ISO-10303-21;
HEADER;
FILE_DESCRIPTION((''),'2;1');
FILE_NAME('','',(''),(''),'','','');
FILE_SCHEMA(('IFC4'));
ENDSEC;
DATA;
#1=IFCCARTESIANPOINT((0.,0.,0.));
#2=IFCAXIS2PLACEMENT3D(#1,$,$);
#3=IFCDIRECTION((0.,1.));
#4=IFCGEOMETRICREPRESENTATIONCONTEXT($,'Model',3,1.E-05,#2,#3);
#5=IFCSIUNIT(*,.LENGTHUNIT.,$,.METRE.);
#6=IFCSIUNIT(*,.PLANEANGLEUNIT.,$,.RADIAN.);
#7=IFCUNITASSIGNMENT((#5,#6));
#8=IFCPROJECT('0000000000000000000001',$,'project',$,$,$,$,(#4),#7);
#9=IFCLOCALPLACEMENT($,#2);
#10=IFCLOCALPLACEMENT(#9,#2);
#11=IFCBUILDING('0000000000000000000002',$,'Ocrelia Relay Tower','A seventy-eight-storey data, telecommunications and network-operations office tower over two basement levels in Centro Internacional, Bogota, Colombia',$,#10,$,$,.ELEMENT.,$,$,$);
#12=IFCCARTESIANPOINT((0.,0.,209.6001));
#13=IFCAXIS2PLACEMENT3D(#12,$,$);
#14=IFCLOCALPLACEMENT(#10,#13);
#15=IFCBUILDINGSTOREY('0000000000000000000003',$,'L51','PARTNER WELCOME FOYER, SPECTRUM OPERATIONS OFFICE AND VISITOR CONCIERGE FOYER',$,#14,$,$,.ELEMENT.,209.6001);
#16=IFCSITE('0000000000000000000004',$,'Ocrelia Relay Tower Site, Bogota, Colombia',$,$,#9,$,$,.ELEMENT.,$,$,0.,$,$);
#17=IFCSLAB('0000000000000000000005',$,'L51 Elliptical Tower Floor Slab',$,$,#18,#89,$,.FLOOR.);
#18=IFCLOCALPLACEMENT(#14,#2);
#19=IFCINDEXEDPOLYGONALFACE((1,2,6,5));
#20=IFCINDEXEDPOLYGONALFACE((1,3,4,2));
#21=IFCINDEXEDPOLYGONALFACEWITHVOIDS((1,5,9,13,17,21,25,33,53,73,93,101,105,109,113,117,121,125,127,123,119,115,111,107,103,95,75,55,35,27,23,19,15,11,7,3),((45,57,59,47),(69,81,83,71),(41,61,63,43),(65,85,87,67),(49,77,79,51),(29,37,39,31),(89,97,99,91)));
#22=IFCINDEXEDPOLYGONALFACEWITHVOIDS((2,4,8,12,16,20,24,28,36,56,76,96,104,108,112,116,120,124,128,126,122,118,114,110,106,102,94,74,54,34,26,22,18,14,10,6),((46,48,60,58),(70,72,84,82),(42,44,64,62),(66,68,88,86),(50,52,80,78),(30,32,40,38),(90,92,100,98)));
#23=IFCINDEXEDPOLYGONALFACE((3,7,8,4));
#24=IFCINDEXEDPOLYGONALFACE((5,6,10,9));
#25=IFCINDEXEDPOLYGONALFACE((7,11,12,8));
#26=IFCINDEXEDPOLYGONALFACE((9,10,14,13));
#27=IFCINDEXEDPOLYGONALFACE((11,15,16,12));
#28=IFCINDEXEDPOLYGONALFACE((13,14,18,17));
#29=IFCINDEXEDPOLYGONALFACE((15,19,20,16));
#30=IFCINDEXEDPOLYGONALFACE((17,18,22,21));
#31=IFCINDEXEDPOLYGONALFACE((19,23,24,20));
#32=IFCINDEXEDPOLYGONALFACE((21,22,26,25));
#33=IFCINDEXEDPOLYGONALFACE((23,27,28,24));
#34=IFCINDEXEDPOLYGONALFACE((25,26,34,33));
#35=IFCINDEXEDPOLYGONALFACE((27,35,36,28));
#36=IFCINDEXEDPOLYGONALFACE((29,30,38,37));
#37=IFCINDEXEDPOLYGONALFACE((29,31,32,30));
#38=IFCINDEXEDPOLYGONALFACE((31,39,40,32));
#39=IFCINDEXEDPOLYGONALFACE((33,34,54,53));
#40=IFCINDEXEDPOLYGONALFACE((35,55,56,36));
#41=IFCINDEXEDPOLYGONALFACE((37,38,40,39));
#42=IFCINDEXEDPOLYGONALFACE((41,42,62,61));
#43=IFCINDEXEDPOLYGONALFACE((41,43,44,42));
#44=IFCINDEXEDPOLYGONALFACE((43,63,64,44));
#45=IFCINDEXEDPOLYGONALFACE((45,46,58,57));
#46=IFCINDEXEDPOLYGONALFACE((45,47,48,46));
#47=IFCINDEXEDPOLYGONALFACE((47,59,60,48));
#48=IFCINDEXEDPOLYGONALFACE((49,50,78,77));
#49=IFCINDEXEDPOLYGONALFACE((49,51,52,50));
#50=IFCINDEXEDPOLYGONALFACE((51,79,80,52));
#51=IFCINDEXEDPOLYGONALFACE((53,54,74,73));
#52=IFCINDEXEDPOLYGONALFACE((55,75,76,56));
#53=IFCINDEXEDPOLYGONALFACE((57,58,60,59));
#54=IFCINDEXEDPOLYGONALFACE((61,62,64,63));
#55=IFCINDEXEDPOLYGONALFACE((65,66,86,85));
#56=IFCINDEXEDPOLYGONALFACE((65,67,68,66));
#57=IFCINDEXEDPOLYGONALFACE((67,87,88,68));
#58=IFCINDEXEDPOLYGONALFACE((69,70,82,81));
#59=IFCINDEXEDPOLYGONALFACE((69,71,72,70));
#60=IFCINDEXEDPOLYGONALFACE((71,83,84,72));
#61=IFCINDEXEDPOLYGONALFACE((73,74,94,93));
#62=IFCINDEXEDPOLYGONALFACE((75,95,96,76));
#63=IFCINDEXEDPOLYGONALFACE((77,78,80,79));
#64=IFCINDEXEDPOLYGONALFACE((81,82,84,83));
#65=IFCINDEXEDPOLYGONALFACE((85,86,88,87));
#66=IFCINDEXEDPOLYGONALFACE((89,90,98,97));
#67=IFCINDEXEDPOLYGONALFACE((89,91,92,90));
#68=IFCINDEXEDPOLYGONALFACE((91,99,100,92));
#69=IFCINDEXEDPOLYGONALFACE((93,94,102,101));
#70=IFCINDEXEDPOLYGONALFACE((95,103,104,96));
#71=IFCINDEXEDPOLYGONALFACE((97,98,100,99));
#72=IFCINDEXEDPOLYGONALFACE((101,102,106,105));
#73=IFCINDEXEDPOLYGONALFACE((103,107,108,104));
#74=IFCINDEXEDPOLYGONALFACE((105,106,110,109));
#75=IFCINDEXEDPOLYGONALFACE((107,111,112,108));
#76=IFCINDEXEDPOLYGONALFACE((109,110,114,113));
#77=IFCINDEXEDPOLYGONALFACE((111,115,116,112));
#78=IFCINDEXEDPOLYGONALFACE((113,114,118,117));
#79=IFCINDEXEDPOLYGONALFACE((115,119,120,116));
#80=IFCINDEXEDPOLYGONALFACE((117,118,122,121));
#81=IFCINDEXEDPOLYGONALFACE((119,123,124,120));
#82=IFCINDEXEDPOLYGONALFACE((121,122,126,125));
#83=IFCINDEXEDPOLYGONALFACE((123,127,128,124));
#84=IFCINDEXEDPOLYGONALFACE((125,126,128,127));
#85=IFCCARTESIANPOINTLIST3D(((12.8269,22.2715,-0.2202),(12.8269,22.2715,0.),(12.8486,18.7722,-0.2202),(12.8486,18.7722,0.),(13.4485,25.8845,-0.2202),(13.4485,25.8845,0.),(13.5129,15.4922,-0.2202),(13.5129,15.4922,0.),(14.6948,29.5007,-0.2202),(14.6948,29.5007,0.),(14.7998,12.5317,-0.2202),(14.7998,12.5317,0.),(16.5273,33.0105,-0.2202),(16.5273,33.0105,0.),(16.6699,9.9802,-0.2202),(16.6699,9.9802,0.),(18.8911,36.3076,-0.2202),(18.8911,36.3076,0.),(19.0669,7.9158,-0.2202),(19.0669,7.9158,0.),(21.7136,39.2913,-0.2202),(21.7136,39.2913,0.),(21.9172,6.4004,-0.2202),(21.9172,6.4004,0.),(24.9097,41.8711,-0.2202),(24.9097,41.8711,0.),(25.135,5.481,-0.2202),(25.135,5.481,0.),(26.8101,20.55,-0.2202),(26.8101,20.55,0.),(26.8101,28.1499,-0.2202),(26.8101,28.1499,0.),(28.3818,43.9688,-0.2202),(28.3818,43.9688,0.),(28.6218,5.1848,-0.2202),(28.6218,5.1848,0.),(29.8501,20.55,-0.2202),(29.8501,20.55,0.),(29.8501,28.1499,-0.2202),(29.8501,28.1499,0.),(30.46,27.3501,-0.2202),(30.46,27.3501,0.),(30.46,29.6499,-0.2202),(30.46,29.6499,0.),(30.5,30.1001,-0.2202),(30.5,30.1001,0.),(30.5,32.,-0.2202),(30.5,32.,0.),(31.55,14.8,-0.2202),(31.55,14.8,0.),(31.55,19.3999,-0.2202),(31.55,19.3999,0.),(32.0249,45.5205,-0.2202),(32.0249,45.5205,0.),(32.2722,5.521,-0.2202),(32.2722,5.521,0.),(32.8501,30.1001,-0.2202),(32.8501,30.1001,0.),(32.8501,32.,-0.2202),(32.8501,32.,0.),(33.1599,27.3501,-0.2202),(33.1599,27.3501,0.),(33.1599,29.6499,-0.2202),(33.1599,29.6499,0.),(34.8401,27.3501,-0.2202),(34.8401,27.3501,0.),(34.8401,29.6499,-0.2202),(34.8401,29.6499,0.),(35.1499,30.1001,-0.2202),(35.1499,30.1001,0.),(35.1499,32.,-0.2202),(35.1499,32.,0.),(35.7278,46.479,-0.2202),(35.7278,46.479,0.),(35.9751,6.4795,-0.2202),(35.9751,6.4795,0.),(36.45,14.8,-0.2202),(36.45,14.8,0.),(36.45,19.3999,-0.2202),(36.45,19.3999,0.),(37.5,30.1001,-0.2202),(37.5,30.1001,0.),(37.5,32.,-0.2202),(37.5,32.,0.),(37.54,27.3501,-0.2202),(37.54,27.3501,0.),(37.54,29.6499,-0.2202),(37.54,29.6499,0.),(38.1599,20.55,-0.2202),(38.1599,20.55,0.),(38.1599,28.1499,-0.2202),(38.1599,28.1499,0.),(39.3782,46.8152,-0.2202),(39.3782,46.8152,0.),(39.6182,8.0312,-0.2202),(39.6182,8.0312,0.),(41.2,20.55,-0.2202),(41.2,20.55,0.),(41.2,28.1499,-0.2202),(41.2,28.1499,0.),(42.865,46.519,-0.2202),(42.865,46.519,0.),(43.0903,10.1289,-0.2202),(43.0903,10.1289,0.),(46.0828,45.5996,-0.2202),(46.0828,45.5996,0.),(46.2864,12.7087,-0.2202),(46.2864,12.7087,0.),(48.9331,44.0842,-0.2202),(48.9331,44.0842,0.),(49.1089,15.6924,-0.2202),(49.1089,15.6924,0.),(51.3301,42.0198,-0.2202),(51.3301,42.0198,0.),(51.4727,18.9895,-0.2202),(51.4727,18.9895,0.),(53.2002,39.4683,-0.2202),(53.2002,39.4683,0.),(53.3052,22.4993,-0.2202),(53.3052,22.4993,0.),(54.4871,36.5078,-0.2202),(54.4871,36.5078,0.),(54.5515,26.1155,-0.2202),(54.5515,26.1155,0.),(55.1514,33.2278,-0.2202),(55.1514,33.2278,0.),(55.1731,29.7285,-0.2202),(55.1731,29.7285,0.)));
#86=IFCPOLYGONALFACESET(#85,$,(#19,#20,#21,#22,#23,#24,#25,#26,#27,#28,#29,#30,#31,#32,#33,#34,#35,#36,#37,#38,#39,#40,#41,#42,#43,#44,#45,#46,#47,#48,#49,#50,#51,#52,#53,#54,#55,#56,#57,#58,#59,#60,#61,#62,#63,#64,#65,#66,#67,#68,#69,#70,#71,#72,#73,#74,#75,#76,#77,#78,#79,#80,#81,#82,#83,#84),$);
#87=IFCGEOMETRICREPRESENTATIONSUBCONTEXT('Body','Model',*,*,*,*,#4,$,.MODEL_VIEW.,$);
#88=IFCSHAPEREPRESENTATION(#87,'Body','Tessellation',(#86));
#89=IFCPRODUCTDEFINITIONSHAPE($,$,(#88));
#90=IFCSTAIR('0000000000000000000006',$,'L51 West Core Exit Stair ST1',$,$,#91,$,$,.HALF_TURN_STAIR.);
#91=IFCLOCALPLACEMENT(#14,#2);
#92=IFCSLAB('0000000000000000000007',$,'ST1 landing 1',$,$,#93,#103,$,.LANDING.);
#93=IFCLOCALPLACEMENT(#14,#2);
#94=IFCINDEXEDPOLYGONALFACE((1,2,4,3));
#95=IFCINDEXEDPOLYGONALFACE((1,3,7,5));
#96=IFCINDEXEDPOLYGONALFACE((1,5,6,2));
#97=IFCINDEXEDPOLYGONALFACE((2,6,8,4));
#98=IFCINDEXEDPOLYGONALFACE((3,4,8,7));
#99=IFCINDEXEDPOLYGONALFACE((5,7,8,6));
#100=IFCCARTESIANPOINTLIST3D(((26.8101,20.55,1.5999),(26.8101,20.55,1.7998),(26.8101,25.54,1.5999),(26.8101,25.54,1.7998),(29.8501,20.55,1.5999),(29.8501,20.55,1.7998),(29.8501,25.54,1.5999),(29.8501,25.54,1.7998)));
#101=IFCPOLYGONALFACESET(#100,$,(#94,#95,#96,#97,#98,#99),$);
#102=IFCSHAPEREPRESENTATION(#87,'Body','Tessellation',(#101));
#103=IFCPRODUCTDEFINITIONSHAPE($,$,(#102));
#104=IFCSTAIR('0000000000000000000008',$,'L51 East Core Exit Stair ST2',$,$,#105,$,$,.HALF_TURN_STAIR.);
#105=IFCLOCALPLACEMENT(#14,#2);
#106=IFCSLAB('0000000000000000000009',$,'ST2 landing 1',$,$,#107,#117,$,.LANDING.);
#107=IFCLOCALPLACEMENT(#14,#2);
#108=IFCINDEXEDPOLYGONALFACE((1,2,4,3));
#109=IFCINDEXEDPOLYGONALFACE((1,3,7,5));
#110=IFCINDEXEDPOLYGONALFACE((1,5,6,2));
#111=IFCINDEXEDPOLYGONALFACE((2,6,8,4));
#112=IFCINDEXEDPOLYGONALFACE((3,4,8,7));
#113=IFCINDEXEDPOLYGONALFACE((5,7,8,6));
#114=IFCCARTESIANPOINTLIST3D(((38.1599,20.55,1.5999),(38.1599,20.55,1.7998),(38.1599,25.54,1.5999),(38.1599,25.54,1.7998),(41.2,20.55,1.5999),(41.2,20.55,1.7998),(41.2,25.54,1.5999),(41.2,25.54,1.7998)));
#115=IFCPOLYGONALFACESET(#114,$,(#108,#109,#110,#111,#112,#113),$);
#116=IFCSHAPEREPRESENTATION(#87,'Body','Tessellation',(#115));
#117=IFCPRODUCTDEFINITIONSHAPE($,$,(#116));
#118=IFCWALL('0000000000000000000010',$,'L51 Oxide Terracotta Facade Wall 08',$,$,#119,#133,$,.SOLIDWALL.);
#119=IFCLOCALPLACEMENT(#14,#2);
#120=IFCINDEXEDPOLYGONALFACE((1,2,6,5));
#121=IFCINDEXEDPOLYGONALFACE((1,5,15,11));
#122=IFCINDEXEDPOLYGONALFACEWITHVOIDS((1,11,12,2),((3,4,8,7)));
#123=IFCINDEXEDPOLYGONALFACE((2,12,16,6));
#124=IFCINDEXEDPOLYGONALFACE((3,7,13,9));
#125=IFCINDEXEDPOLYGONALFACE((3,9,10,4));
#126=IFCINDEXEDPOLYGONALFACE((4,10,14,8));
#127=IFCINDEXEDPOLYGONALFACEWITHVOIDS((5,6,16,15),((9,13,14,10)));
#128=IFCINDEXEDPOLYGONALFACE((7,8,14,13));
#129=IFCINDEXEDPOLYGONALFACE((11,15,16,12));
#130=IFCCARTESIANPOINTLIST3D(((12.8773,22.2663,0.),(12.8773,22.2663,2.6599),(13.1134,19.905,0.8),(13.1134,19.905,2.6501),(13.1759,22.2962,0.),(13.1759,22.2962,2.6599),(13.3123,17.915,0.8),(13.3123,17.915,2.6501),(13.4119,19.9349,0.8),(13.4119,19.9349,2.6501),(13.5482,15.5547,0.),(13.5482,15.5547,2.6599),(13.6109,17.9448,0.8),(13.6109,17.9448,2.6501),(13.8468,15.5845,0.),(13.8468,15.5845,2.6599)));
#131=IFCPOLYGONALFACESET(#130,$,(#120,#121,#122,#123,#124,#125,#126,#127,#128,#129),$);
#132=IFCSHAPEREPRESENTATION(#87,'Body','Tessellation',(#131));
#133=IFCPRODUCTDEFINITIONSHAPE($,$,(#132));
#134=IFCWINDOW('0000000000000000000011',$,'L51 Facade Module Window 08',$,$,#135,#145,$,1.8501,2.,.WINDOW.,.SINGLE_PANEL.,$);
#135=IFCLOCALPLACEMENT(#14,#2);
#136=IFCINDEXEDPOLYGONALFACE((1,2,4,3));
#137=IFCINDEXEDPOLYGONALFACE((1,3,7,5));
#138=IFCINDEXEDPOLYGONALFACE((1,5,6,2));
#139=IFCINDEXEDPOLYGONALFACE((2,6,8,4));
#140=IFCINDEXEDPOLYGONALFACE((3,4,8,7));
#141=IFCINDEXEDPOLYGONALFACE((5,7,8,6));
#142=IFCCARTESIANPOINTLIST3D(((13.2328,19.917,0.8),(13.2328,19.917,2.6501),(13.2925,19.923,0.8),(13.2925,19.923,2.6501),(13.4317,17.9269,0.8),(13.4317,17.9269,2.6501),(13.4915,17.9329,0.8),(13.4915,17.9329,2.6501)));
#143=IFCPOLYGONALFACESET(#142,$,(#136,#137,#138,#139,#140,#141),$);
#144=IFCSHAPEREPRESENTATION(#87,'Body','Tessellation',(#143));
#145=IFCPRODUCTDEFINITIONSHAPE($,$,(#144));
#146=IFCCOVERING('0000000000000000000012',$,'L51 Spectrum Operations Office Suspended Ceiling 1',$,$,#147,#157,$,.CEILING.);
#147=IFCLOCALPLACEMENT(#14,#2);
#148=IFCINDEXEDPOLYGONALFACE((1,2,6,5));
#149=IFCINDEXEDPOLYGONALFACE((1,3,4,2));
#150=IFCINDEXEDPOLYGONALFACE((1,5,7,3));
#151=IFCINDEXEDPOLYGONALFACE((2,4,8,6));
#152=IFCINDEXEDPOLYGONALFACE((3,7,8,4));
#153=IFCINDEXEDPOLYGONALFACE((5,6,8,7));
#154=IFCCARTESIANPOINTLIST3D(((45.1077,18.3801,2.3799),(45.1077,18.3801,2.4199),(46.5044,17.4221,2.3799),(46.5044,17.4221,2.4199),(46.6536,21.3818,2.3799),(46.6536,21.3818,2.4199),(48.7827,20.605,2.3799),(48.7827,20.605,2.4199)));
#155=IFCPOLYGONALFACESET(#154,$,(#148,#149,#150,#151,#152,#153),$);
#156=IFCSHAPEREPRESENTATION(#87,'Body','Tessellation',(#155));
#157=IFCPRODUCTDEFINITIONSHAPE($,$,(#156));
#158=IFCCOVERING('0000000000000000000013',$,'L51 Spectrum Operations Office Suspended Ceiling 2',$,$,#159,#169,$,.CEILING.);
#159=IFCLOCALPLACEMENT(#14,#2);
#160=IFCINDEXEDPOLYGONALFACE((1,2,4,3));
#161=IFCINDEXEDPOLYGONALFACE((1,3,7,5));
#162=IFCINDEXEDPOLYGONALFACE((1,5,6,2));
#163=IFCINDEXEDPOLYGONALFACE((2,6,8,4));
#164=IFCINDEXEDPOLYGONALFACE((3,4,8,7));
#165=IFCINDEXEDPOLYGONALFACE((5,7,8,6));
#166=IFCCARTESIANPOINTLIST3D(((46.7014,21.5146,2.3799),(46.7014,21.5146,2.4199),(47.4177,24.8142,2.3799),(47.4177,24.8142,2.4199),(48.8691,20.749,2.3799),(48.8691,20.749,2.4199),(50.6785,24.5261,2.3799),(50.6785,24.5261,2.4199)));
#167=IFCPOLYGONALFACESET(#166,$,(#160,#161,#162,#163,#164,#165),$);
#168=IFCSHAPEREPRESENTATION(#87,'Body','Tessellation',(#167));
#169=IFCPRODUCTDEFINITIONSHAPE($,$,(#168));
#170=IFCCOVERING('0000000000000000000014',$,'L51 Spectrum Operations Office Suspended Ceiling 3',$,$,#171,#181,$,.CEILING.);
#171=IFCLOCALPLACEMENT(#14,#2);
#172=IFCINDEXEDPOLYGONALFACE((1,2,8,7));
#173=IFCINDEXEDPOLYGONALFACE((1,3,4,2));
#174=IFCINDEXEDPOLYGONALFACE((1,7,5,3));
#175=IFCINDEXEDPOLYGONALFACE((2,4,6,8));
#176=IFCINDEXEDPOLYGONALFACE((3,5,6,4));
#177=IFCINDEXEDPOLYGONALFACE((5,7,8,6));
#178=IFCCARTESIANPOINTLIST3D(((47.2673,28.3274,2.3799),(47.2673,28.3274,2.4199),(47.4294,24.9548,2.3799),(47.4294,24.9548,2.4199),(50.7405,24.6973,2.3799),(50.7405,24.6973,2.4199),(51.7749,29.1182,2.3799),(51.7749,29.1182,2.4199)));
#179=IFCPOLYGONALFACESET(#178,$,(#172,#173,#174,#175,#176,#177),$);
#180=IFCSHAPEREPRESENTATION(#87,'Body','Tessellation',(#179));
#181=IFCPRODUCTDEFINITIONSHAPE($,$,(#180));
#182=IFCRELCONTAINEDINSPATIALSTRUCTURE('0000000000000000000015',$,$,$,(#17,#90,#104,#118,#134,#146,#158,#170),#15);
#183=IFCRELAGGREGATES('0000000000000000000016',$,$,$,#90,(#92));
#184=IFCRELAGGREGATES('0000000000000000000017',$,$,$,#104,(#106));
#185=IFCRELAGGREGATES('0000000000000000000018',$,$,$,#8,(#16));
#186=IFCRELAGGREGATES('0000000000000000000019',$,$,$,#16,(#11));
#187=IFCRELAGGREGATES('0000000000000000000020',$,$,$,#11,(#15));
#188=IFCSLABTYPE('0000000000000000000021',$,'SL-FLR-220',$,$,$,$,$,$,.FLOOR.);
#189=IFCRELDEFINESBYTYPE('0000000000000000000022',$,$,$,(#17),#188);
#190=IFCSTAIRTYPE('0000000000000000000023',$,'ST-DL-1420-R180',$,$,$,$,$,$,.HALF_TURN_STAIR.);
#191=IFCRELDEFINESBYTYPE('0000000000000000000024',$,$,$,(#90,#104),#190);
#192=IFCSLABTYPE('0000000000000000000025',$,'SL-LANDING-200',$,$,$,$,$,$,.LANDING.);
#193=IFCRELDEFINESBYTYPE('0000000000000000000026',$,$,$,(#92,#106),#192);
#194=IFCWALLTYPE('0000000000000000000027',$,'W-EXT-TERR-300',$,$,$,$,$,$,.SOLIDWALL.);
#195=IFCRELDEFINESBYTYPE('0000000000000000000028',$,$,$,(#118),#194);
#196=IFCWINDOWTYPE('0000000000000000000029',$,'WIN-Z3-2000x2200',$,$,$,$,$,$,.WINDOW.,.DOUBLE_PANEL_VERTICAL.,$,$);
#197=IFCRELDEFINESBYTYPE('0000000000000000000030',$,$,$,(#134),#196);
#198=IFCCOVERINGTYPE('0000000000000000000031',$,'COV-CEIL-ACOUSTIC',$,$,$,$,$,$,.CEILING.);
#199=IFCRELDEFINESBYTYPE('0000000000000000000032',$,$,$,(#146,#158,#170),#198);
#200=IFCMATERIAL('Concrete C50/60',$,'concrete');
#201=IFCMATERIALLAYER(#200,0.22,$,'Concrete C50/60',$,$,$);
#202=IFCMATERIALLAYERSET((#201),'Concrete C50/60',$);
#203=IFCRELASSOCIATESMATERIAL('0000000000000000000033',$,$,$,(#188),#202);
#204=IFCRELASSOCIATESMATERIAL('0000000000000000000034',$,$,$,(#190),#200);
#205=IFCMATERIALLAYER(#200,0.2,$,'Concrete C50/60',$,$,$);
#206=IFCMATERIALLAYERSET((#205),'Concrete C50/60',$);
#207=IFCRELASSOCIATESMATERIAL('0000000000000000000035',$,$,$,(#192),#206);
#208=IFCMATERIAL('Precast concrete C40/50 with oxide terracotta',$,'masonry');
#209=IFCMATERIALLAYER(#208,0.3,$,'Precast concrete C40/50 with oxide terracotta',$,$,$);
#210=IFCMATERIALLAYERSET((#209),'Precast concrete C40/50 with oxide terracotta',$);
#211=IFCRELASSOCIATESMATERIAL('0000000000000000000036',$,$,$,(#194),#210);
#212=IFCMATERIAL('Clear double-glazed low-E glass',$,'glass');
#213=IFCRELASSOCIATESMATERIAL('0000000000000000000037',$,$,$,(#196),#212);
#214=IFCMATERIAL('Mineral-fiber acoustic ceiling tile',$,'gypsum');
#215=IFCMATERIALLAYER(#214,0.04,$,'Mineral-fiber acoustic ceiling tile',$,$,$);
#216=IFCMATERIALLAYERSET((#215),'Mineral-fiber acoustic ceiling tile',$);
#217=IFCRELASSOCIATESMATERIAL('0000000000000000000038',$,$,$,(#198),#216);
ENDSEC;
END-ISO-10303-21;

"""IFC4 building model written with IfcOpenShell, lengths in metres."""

from ifc_helpers import new_model, si_unit, direction, frame, frame_2d, origin, place, context, subcontext, project, spatial, polyline, rectangle, outline, extrude, material, layer, layer_set, type_object, element, fill, aggregate, save


model = new_model("IFC4")

# Units and contexts
model_context = context("Model", 3, precision=1e-05, world=origin(), true_north=direction((0.0, 1.0)))
body_context = subcontext(model_context, "Body", "Model", "MODEL_VIEW")
ifc_project = project(units=[si_unit("LENGTHUNIT", "METRE"), si_unit("PLANEANGLEUNIT", "RADIAN")], contexts=[model_context])

# Site, building, storey
site_placement = place(None, origin())
site = spatial("IfcSite", under=ifc_project, at=site_placement, Name="Ocrelia Relay Tower Site, Bogota, Colombia", CompositionType="ELEMENT", RefElevation=0.0)
building_placement = place(site_placement, origin())
building = spatial("IfcBuilding", under=site, at=building_placement, Name="Ocrelia Relay Tower", Description="A seventy-eight-storey data, telecommunications and network-operations office tower over two basement levels in Centro Internacional, Bogota, Colombia", CompositionType="ELEMENT")
storey_placement = place(building_placement, frame((0.0, 0.0, 209.6001)))
storey = spatial("IfcBuildingStorey", under=building, at=storey_placement, Name="L51", Description="PARTNER WELCOME FOYER, SPECTRUM OPERATIONS OFFICE AND VISITOR CONCIERGE FOYER", CompositionType="ELEMENT", Elevation=209.6001)

# Shared definitions
ifc_material_1 = material(Name="Clear double-glazed low-E glass", Category="glass")

# Slab
ifc_material_2 = material(Name="Concrete C50/60", Category="concrete")
ifc_layer_1 = layer(ifc_material_2, 0.22, Name="Concrete C50/60")
ifc_layer_set_1 = layer_set([ifc_layer_1], Name="Concrete C50/60")
slab_type_1 = type_object("IfcSlabType", Name="SL-FLR-220", PredefinedType="FLOOR", material=ifc_layer_set_1)
slab_1_placement = place(storey_placement, frame((0.0, 0.0, -0.2202)))
element("IfcSlab", 1, at=slab_1_placement, inside=storey, type_object=slab_type_1, Name="L51 Elliptical Tower Floor Slab", PredefinedType="FLOOR", context=body_context, shape_type="SweptSolid", body=[
    extrude(outline(polyline([(51.3301, 42.0198), (48.9331, 44.0842), (46.0828, 45.5996), (42.865, 46.519), (39.3782, 46.8152), (35.7278, 46.479), (32.0249, 45.5205), (28.3818, 43.9688), (24.9097, 41.8711), (21.7136, 39.2913), (18.8911, 36.3076), (16.5273, 33.0105), (14.6948, 29.5007), (13.4485, 25.8845), (12.8269, 22.2715), (12.8486, 18.7722), (13.5129, 15.4922), (14.7998, 12.5317), (16.6699, 9.9802), (19.0669, 7.9158), (21.9172, 6.4004), (25.135, 5.481), (28.6218, 5.1848), (32.2722, 5.521), (35.9751, 6.4795), (39.6182, 8.0312), (43.0903, 10.1289), (46.2864, 12.7087), (49.1089, 15.6924), (51.4727, 18.9895), (53.3052, 22.4993), (54.5515, 26.1155), (55.1731, 29.7285), (55.1514, 33.2278), (54.4871, 36.5078), (53.2002, 39.4683), (51.3301, 42.0198)]), holes=[polyline([(26.8101, 28.1499), (26.8101, 20.55), (29.8501, 20.55), (29.8501, 28.1499), (26.8101, 28.1499)]), polyline([(38.1599, 28.1499), (38.1599, 20.55), (41.2, 20.55), (41.2, 28.1499), (38.1599, 28.1499)]), polyline([(30.46, 27.3501), (33.1599, 27.3501), (33.1599, 29.6499), (30.46, 29.6499), (30.46, 27.3501)]), polyline([(34.8401, 27.3501), (37.54, 27.3501), (37.54, 29.6499), (34.8401, 29.6499), (34.8401, 27.3501)]), polyline([(30.5, 30.1001), (32.8501, 30.1001), (32.8501, 32.0), (30.5, 32.0), (30.5, 30.1001)]), polyline([(35.1499, 30.1001), (37.5, 30.1001), (37.5, 32.0), (35.1499, 32.0), (35.1499, 30.1001)]), polyline([(31.55, 14.8), (36.45, 14.8), (36.45, 19.3999), (31.55, 19.3999), (31.55, 14.8)])]), origin(), (0.0, 0.0, 1.0), 0.2202),
])

# Stairs, slabs
stair_type = type_object("IfcStairType", Name="ST-DL-1420-R180", PredefinedType="HALF_TURN_STAIR", material=ifc_material_2)
stair_1_placement = place(storey_placement, origin())
stair_1 = element("IfcStair", 2, at=stair_1_placement, inside=storey, type_object=stair_type, Name="L51 West Core Exit Stair ST1", PredefinedType="HALF_TURN_STAIR")
ifc_layer_2 = layer(ifc_material_2, 0.2, Name="Concrete C50/60")
ifc_layer_set_2 = layer_set([ifc_layer_2], Name="Concrete C50/60")
slab_type_2 = type_object("IfcSlabType", Name="SL-LANDING-200", PredefinedType="LANDING", material=ifc_layer_set_2)
slab_2_placement = place(storey_placement, frame((0.0, 0.0, 1.5999)))
slab_2 = element("IfcSlab", 3, at=slab_2_placement, type_object=slab_type_2, Name="ST1 landing 1", PredefinedType="LANDING", context=body_context, shape_type="SweptSolid", body=[
    extrude(outline(polyline([(26.8101, 25.54), (26.8101, 20.55), (29.8501, 20.55), (29.8501, 25.54), (26.8101, 25.54)])), origin(), (0.0, 0.0, 1.0), 0.2),
])
aggregate(stair_1, [slab_2])
stair_2_placement = place(storey_placement, origin())
stair_2 = element("IfcStair", 4, at=stair_2_placement, inside=storey, type_object=stair_type, Name="L51 East Core Exit Stair ST2", PredefinedType="HALF_TURN_STAIR")
slab_3_placement = place(storey_placement, frame((0.0, 0.0, 1.5999)))
slab_3 = element("IfcSlab", 5, at=slab_3_placement, type_object=slab_type_2, Name="ST2 landing 1", PredefinedType="LANDING", context=body_context, shape_type="SweptSolid", body=[
    extrude(outline(polyline([(38.1599, 25.54), (38.1599, 20.55), (41.2, 20.55), (41.2, 25.54), (38.1599, 25.54)])), origin(), (0.0, 0.0, 1.0), 0.2),
])
aggregate(stair_2, [slab_3])

# Wall, opening, window
ifc_material_3 = material(Name="Precast concrete C40/50 with oxide terracotta", Category="masonry")
ifc_layer_3 = layer(ifc_material_3, 0.3, Name="Precast concrete C40/50 with oxide terracotta")
ifc_layer_set_3 = layer_set([ifc_layer_3], Name="Precast concrete C40/50 with oxide terracotta")
wall_type = type_object("IfcWallType", Name="W-EXT-TERR-300", PredefinedType="SOLIDWALL", material=ifc_layer_set_3)
wall_placement = place(storey_placement, frame((13.0266, 22.2812, 0.0), z_axis=(0.0, 0.0, 1.0), x_axis=(0.099464, -0.995041, 0.0)))
wall = element("IfcWall", 6, at=wall_placement, inside=storey, type_object=wall_type, Name="L51 Oxide Terracotta Facade Wall 08", PredefinedType="SOLIDWALL", context=body_context, shape_type="SweptSolid", body=[
    extrude(rectangle(XDim=6.7451, YDim=0.3, at=frame_2d((3.3726, 0.0))), origin(), (0.0, 0.0, 1.0), 2.6599),
])
opening_placement = place(wall_placement, frame((2.373, 0.0, 0.8)))
opening = element("IfcOpeningElement", 7, at=opening_placement, cuts=wall, PredefinedType="OPENING", context=body_context, shape_type="SweptSolid", body=[
    extrude(rectangle(XDim=2.0, YDim=1.8501, at=frame_2d((1.0, 0.925))), frame((0.0, 0.1602, 0.0), z_axis=(0.0, -1.0, 0.0), x_axis=(1.0, 0.0, 0.0)), (0.0, 0.0, 1.0), 0.3201),
])
window_type = type_object("IfcWindowType", Name="WIN-Z3-2000x2200", PartitioningType="DOUBLE_PANEL_VERTICAL", PredefinedType="WINDOW", material=ifc_material_1)
window_placement = place(opening_placement, origin())
window = element("IfcWindow", 8, at=window_placement, inside=storey, type_object=window_type, Name="L51 Facade Module Window 08", OverallHeight=1.8501, OverallWidth=2.0, PartitioningType="SINGLE_PANEL", PredefinedType="WINDOW", context=body_context, shape_type="SweptSolid", body=[
    extrude(rectangle(XDim=2.0, YDim=1.8501, at=frame_2d((1.0, 0.925))), frame((0.0, 0.03, 0.0), z_axis=(0.0, -1.0, 0.0), x_axis=(1.0, 0.0, 0.0)), (0.0, 0.0, 1.0), 0.0601),
])
fill(opening, window)

# Coverings
ifc_material_4 = material(Name="Mineral-fiber acoustic ceiling tile", Category="gypsum")
ifc_layer_4 = layer(ifc_material_4, 0.04, Name="Mineral-fiber acoustic ceiling tile")
ifc_layer_set_4 = layer_set([ifc_layer_4], Name="Mineral-fiber acoustic ceiling tile")
covering_type = type_object("IfcCoveringType", Name="COV-CEIL-ACOUSTIC", PredefinedType="CEILING", material=ifc_layer_set_4)
covering_1_placement = place(storey_placement, frame((0.0, 0.0, 2.3799)))
element("IfcCovering", 9, at=covering_1_placement, inside=storey, type_object=covering_type, Name="L51 Spectrum Operations Office Suspended Ceiling 1", PredefinedType="CEILING", context=body_context, shape_type="SweptSolid", body=[
    extrude(outline(polyline([(45.1077, 18.3801), (46.5044, 17.4221), (48.7827, 20.605), (46.6536, 21.3818), (45.1077, 18.3801)])), origin(), (0.0, 0.0, 1.0), 0.04),
])
covering_2_placement = place(storey_placement, frame((0.0, 0.0, 2.3799)))
element("IfcCovering", 10, at=covering_2_placement, inside=storey, type_object=covering_type, Name="L51 Spectrum Operations Office Suspended Ceiling 2", PredefinedType="CEILING", context=body_context, shape_type="SweptSolid", body=[
    extrude(outline(polyline([(46.7014, 21.5146), (48.8691, 20.749), (50.6785, 24.5261), (47.4177, 24.8142), (46.7014, 21.5146)])), origin(), (0.0, 0.0, 1.0), 0.04),
])
covering_3_placement = place(storey_placement, frame((0.0, 0.0, 2.3799)))
element("IfcCovering", 11, at=covering_3_placement, inside=storey, type_object=covering_type, Name="L51 Spectrum Operations Office Suspended Ceiling 3", PredefinedType="CEILING", context=body_context, shape_type="SweptSolid", body=[
    extrude(outline(polyline([(47.4294, 24.9548), (50.7405, 24.6973), (51.7749, 29.1182), (47.2673, 28.3274), (47.4294, 24.9548)])), origin(), (0.0, 0.0, 1.0), 0.04),
])

save(model, "model.ifc")
